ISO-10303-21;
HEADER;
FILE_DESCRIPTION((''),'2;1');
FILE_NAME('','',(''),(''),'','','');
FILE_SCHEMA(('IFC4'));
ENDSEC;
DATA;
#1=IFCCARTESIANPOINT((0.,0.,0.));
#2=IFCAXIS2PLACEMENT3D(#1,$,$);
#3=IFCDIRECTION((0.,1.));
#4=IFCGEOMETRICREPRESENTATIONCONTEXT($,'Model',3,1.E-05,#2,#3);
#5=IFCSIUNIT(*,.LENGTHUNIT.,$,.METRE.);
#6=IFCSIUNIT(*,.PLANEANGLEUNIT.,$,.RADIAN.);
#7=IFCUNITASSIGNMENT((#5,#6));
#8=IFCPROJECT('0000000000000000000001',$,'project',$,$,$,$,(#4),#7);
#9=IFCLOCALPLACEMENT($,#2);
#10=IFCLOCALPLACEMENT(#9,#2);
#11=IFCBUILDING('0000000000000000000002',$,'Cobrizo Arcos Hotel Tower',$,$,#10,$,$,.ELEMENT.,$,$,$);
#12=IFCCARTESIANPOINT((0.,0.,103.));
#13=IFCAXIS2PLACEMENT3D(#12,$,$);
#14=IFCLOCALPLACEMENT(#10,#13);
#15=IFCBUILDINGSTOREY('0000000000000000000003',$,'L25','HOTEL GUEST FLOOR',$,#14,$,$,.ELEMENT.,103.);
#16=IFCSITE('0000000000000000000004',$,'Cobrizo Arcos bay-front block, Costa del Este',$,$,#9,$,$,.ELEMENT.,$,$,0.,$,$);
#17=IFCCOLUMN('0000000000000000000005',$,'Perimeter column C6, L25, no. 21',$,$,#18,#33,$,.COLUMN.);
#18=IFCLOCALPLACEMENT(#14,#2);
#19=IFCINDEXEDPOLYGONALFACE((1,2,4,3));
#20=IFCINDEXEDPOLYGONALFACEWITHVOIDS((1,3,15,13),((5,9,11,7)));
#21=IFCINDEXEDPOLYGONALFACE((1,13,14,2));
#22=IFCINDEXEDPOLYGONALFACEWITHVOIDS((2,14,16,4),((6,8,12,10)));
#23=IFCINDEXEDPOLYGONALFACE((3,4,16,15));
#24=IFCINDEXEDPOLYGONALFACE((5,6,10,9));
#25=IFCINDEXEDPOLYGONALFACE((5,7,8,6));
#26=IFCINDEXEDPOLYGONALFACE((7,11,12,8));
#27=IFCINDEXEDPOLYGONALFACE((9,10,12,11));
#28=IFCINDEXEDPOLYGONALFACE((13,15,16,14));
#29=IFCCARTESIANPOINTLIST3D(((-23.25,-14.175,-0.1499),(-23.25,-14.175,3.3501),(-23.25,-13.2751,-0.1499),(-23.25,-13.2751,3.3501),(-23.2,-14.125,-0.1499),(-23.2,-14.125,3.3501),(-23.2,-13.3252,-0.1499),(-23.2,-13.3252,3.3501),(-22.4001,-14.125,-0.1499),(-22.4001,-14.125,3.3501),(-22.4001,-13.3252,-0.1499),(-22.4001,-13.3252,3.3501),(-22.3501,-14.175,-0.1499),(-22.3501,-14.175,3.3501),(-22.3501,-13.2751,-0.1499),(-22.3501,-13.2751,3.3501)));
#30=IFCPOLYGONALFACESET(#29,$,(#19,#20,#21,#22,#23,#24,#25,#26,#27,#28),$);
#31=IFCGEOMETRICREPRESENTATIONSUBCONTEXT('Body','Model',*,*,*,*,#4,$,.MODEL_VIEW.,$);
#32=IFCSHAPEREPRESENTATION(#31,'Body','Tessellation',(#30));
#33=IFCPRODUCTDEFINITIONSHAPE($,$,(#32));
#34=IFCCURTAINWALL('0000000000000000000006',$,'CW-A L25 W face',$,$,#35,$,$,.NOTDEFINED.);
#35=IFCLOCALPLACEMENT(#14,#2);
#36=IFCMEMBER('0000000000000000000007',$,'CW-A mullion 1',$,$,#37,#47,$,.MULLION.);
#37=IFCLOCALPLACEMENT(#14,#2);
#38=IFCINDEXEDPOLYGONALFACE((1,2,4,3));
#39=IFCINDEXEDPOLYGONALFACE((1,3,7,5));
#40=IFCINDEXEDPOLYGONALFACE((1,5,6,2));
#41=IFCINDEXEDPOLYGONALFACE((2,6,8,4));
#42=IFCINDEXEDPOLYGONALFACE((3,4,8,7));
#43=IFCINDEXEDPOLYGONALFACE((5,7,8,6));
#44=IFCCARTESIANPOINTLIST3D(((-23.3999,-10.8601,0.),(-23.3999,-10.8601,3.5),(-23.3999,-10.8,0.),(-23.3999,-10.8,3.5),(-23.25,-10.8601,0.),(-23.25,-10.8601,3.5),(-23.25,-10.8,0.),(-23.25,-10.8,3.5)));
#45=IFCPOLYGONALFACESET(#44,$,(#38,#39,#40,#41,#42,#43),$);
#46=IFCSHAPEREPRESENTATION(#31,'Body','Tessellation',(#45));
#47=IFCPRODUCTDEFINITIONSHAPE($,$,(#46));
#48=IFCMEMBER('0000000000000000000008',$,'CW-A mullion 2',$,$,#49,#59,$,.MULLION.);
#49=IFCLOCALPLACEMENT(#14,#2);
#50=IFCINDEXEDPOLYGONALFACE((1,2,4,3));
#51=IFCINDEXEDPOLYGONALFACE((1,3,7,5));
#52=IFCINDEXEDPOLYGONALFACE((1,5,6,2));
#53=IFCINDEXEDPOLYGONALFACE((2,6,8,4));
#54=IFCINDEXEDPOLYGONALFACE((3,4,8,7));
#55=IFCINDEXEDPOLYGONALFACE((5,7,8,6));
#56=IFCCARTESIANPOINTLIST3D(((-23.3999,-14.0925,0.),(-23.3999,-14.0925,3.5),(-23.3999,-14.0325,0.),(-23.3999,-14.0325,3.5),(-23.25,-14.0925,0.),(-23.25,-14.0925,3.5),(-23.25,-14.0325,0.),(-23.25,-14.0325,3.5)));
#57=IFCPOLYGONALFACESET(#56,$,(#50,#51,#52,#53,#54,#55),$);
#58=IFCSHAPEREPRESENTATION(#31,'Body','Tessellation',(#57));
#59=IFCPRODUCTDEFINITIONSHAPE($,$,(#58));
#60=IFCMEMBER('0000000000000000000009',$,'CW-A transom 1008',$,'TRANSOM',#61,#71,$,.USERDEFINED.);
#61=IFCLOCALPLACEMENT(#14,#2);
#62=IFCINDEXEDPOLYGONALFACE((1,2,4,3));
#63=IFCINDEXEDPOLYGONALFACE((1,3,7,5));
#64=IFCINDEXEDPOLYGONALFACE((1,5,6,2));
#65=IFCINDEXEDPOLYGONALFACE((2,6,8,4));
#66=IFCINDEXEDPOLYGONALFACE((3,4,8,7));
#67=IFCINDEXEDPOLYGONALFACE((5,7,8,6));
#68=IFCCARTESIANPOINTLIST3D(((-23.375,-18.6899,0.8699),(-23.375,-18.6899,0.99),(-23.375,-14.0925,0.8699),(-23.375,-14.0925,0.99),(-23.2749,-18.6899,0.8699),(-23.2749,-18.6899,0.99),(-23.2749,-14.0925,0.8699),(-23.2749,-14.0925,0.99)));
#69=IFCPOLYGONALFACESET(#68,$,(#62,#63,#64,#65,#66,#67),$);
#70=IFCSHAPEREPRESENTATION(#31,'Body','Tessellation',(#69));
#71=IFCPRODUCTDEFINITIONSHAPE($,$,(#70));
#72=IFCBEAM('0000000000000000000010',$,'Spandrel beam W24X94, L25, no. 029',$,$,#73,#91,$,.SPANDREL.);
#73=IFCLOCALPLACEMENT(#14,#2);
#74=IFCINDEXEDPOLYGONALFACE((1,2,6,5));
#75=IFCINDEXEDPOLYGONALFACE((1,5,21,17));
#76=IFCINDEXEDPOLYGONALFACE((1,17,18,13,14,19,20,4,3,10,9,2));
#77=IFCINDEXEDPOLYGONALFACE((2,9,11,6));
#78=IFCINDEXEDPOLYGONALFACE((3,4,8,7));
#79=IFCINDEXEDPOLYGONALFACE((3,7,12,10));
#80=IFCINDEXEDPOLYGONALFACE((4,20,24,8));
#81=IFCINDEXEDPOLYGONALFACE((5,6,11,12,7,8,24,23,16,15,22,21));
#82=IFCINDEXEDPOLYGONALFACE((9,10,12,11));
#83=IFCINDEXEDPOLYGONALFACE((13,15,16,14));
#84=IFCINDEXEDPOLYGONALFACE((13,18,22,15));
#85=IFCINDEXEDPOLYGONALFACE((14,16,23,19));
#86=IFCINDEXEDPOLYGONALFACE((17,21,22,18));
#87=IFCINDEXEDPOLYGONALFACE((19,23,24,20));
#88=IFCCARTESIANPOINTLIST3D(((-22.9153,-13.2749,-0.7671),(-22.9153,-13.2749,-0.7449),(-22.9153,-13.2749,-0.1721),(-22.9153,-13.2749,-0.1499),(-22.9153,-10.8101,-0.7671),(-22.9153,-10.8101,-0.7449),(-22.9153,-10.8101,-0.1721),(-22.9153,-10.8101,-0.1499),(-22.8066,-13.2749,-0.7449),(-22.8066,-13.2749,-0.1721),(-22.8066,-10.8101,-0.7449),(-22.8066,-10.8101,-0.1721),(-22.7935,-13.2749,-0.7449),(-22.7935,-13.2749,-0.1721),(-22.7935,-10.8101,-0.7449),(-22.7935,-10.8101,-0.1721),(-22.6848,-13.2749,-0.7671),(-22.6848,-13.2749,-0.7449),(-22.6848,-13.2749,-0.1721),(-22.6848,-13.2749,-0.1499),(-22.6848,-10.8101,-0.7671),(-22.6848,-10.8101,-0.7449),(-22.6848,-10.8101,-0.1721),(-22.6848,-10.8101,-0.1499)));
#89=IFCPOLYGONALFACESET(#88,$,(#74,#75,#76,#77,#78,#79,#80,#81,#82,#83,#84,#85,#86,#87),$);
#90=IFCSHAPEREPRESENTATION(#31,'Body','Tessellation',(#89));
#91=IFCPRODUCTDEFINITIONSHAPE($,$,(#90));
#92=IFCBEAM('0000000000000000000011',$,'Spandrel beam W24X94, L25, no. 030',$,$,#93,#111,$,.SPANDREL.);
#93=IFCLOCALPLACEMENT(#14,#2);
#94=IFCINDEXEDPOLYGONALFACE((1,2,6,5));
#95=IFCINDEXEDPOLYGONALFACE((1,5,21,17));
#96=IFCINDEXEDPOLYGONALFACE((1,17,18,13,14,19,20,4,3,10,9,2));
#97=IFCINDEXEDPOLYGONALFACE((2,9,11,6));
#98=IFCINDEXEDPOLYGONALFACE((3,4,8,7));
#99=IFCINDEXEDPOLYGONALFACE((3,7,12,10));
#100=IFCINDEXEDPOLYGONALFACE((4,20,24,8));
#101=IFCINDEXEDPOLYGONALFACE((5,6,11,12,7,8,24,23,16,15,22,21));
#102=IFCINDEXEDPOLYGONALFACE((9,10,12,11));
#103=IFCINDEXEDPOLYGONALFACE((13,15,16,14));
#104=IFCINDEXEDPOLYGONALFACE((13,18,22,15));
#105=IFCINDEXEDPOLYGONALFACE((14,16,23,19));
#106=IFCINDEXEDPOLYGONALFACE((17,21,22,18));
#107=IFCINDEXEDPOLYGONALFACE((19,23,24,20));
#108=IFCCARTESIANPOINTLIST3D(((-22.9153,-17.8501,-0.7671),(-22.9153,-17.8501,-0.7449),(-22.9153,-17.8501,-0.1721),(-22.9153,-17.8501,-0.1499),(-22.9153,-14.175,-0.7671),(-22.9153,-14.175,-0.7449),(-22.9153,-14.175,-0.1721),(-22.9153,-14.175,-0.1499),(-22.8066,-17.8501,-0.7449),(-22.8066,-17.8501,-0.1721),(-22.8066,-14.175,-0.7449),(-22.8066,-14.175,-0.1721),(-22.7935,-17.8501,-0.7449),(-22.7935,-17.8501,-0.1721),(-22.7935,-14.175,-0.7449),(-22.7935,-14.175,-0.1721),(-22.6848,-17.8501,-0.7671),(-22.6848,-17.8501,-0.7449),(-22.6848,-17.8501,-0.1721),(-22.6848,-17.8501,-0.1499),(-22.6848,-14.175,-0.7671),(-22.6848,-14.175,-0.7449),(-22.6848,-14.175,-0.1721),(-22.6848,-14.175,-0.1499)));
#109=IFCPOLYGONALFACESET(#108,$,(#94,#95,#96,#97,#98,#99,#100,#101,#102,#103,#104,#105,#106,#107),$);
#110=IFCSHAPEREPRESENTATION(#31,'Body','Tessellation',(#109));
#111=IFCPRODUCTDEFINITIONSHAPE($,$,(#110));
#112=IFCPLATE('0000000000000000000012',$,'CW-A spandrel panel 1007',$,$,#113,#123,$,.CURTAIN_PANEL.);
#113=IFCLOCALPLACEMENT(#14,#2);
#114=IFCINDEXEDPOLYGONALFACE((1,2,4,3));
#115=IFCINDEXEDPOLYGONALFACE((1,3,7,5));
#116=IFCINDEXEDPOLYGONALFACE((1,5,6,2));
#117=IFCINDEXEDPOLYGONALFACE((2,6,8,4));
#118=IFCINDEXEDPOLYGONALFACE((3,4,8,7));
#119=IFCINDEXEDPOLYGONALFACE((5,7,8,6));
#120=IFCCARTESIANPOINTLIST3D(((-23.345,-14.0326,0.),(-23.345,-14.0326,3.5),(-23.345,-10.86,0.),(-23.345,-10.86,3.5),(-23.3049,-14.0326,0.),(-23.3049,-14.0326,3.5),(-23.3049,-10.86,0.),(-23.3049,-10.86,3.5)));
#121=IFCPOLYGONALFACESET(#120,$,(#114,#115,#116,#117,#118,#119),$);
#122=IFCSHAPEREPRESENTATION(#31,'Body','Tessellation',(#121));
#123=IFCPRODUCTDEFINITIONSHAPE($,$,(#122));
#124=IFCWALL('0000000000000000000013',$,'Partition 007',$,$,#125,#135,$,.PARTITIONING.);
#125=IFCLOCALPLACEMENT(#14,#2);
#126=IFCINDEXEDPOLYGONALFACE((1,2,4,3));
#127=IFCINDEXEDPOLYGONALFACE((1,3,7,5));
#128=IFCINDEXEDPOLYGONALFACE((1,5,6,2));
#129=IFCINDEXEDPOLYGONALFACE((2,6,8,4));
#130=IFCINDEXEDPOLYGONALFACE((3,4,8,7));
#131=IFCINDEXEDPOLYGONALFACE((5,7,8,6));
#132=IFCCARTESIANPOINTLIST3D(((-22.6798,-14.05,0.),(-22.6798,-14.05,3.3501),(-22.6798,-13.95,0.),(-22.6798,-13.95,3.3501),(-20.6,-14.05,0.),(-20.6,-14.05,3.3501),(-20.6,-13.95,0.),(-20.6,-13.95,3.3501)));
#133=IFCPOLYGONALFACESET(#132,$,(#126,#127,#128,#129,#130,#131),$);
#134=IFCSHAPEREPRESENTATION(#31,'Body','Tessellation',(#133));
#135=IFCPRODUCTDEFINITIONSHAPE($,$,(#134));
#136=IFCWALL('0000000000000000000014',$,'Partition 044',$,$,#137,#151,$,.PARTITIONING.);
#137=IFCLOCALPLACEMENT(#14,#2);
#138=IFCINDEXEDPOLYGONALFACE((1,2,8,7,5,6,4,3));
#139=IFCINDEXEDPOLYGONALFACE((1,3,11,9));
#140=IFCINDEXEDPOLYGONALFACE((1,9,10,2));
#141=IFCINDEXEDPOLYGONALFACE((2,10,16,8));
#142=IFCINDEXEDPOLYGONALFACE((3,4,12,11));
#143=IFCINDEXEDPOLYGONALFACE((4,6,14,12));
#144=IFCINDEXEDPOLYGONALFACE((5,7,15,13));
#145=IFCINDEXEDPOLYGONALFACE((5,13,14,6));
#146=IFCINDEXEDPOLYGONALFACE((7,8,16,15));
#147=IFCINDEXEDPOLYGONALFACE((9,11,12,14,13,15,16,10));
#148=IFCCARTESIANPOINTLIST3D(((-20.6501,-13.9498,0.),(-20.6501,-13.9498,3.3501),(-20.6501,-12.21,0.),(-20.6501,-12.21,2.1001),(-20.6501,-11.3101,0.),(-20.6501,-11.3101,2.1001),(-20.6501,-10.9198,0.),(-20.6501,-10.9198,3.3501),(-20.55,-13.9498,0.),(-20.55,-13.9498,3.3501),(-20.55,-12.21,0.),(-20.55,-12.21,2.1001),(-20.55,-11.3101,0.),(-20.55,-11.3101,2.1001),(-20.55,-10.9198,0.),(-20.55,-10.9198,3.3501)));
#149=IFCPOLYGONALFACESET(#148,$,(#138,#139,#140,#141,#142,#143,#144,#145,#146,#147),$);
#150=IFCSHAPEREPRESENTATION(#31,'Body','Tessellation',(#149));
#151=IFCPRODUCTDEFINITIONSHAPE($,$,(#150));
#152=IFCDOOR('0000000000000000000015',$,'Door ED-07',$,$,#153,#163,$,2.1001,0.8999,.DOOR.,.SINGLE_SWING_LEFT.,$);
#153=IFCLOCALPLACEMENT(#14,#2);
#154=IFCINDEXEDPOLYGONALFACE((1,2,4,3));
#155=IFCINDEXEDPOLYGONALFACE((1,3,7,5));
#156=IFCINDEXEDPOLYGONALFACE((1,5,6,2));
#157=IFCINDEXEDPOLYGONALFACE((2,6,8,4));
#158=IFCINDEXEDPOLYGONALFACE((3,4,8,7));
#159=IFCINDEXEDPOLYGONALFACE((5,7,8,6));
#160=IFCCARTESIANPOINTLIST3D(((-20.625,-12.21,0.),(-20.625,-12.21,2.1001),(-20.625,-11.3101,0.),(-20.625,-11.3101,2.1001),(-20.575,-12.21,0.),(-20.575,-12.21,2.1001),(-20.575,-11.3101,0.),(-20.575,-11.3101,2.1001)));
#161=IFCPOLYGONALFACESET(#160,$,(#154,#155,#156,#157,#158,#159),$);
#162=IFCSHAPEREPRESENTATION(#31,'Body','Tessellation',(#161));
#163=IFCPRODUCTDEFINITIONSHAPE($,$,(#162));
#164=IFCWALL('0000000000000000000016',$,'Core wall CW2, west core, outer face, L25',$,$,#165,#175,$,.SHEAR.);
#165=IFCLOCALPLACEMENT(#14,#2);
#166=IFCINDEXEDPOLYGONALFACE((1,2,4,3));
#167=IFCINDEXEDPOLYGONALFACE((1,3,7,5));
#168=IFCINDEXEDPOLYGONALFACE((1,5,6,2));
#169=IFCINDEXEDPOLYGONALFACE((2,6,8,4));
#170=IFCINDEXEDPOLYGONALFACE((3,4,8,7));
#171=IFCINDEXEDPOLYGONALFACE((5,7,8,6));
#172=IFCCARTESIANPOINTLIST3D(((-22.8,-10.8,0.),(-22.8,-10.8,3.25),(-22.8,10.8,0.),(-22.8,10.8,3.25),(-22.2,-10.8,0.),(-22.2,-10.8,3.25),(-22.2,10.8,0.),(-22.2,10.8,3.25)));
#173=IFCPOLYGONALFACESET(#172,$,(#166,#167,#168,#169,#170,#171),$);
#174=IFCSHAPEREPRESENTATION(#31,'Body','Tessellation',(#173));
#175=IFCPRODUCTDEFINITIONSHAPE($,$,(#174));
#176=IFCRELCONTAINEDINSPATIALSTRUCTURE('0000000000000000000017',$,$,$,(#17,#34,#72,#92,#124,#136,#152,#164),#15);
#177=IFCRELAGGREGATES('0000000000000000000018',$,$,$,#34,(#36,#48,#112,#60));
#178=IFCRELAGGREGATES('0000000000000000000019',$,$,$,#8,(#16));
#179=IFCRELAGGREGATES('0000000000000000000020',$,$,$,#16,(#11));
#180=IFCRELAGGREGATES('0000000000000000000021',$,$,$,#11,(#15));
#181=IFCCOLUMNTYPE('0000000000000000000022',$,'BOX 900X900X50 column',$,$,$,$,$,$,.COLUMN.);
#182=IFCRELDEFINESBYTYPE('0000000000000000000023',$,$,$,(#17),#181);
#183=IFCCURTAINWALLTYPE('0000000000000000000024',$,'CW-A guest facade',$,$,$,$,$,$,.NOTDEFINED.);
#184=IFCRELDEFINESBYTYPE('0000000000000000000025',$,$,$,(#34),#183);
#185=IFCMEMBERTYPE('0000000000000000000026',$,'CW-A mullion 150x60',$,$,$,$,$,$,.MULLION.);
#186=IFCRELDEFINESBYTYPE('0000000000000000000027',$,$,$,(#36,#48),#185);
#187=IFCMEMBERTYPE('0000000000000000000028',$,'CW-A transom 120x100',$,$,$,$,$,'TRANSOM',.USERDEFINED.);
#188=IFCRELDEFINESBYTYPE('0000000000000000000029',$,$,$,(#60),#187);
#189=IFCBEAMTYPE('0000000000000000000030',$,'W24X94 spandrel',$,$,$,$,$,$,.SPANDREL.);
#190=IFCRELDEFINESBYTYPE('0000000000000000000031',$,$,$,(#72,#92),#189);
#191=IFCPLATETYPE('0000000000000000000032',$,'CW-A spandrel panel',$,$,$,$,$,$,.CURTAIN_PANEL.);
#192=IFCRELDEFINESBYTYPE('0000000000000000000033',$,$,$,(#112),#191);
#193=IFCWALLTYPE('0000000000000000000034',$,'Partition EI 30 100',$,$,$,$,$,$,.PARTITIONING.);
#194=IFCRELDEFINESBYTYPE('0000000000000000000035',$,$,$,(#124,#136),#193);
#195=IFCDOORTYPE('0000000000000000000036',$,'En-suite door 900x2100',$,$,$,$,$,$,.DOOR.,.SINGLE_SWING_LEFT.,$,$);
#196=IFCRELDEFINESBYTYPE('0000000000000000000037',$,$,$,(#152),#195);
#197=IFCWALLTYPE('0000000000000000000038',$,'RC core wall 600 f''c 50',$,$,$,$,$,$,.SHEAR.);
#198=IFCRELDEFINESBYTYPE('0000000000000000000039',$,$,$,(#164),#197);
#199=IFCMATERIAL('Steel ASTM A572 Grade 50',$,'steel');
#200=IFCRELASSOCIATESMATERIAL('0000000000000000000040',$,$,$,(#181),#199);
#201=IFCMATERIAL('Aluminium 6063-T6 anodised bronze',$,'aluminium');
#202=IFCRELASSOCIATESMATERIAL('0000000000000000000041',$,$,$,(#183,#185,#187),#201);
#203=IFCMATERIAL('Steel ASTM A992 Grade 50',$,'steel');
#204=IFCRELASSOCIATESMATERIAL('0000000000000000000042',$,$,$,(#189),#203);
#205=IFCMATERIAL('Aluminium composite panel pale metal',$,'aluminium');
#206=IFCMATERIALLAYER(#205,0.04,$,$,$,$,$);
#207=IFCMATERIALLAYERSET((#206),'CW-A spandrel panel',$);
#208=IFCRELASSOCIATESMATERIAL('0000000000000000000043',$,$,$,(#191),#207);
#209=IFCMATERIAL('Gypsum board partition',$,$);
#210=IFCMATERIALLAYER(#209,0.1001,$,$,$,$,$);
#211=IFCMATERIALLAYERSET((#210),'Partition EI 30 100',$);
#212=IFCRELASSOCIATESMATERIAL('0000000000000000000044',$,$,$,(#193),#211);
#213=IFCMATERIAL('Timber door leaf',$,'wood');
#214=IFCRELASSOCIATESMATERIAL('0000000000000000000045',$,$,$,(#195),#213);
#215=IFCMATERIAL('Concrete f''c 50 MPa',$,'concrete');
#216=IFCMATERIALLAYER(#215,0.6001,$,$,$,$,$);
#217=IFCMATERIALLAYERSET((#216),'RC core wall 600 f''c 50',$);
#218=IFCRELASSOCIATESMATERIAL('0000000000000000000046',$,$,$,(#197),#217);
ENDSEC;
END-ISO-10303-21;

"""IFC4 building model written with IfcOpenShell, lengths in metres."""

from ifc_helpers import new_model, si_unit, direction, frame, frame_2d, origin, origin_2d, place, context, subcontext, project, spatial, rectangle, hollow_rectangle, i_section, extrude, material, layer, layer_set, material_profile, profile_set, type_object, element, fill, aggregate, save


model = new_model("IFC4")

# Units and contexts
model_context = context("Model", 3, precision=1e-05, world=origin(), true_north=direction((0.0, 1.0)))
body_context = subcontext(model_context, "Body", "Model", "MODEL_VIEW")
ifc_project = project(units=[si_unit("LENGTHUNIT", "METRE"), si_unit("PLANEANGLEUNIT", "RADIAN")], contexts=[model_context])

# Site, building, storey
site_placement = place(None, origin())
site = spatial("IfcSite", under=ifc_project, at=site_placement, Name="Cobrizo Arcos bay-front block, Costa del Este", CompositionType="ELEMENT", RefElevation=0.0)
building_placement = place(site_placement, origin())
building = spatial("IfcBuilding", under=site, at=building_placement, Name="Cobrizo Arcos Hotel Tower", CompositionType="ELEMENT")
storey_placement = place(building_placement, frame((0.0, 0.0, 103.0)))
storey = spatial("IfcBuildingStorey", under=building, at=storey_placement, Name="L25", Description="HOTEL GUEST FLOOR", CompositionType="ELEMENT", Elevation=103.0)

# Column
ifc_material_1 = material(Name="Steel ASTM A572 Grade 50", Category="steel")
ifc_material_profile_1 = material_profile(ifc_material_1, hollow_rectangle(XDim=0.8999, YDim=0.8999, WallThickness=0.05, at=origin_2d()), Name="BOX 900X900X50")
ifc_profile_set_1 = profile_set([ifc_material_profile_1], Name="Steel ASTM A572 Grade 50")
column_type = type_object("IfcColumnType", Name="BOX 900X900X50 column", PredefinedType="COLUMN", material=ifc_profile_set_1)
column_placement = place(storey_placement, frame((-22.8, -13.7251, -0.1499), z_axis=(0.0, 0.0, 1.0), x_axis=(1.0, 0.0, 0.0)))
element("IfcColumn", 1, at=column_placement, inside=storey, type_object=column_type, Name="Perimeter column C6, L25, no. 21", PredefinedType="COLUMN", context=body_context, shape_type="SweptSolid", body=[
    extrude(hollow_rectangle(XDim=0.8999, YDim=0.8999, WallThickness=0.05, at=origin_2d()), origin(), (0.0, 0.0, 1.0), 3.5),
])

# Curtain wall, members
ifc_material_2 = material(Name="Aluminium 6063-T6 anodised bronze", Category="aluminium")
curtain_wall_type = type_object("IfcCurtainWallType", Name="CW-A guest facade", PredefinedType="NOTDEFINED", material=ifc_material_2)
curtain_wall_placement = place(storey_placement, origin())
curtain_wall = element("IfcCurtainWall", 2, at=curtain_wall_placement, inside=storey, type_object=curtain_wall_type, Name="CW-A L25 W face", PredefinedType="NOTDEFINED")
ifc_material_profile_2 = material_profile(ifc_material_2, rectangle(XDim=0.1499, YDim=0.0601, at=origin_2d()), Name="CW-A mullion 150x60")
ifc_profile_set_2 = profile_set([ifc_material_profile_2], Name="Aluminium 6063-T6 anodised bronze")
member_type_1 = type_object("IfcMemberType", Name="CW-A mullion 150x60", PredefinedType="MULLION", material=ifc_profile_set_2)
member_1_placement = place(storey_placement, frame((-23.325, -10.8301, 0.0), z_axis=(0.0, 0.0, 1.0), x_axis=(-1.0, 0.0, 0.0)))
member_1 = element("IfcMember", 3, at=member_1_placement, type_object=member_type_1, Name="CW-A mullion 1", PredefinedType="MULLION", context=body_context, shape_type="SweptSolid", body=[
    extrude(rectangle(XDim=0.1499, YDim=0.0601, at=origin_2d()), origin(), (0.0, 0.0, 1.0), 3.5),
])
member_2_placement = place(storey_placement, frame((-23.325, -14.0625, 0.0), z_axis=(0.0, 0.0, 1.0), x_axis=(-1.0, 0.0, 0.0)))
member_2 = element("IfcMember", 4, at=member_2_placement, type_object=member_type_1, Name="CW-A mullion 2", PredefinedType="MULLION", context=body_context, shape_type="SweptSolid", body=[
    extrude(rectangle(XDim=0.1499, YDim=0.0601, at=origin_2d()), origin(), (0.0, 0.0, 1.0), 3.5),
])
ifc_material_profile_3 = material_profile(ifc_material_2, rectangle(XDim=0.1001, YDim=0.1201, at=origin_2d()), Name="CW-A transom 120x100")
ifc_profile_set_3 = profile_set([ifc_material_profile_3], Name="Aluminium 6063-T6 anodised bronze")
member_type_2 = type_object("IfcMemberType", Name="CW-A transom 120x100", ElementType="TRANSOM", PredefinedType="USERDEFINED", material=ifc_profile_set_3)
member_3_placement = place(storey_placement, frame((-23.325, -14.0925, 0.9299), z_axis=(0.0, -1.0, 0.0), x_axis=(1.0, 0.0, 0.0)))
member_3 = element("IfcMember", 5, at=member_3_placement, type_object=member_type_2, Name="CW-A transom 1008", ObjectType="TRANSOM", PredefinedType="USERDEFINED", context=body_context, shape_type="SweptSolid", body=[
    extrude(rectangle(XDim=0.1001, YDim=0.1201, at=origin_2d()), origin(), (0.0, 0.0, 1.0), 4.5974),
])

# Beams
ifc_material_3 = material(Name="Steel ASTM A992 Grade 50", Category="steel")
ifc_material_profile_4 = material_profile(ifc_material_3, i_section(OverallWidth=0.2305, OverallDepth=0.6172, WebThickness=0.0132, FlangeThickness=0.0222, at=origin_2d()), Name="W24X94")
ifc_profile_set_4 = profile_set([ifc_material_profile_4], Name="Steel ASTM A992 Grade 50")
beam_type = type_object("IfcBeamType", Name="W24X94 spandrel", PredefinedType="SPANDREL", material=ifc_profile_set_4)
beam_1_placement = place(storey_placement, frame((-22.8, -10.8101, -0.4585), z_axis=(0.0, -1.0, 0.0), x_axis=(1.0, 0.0, 0.0)))
element("IfcBeam", 6, at=beam_1_placement, inside=storey, type_object=beam_type, Name="Spandrel beam W24X94, L25, no. 029", PredefinedType="SPANDREL", context=body_context, shape_type="SweptSolid", body=[
    extrude(i_section(OverallWidth=0.2305, OverallDepth=0.6172, WebThickness=0.0132, FlangeThickness=0.0222, at=origin_2d()), origin(), (0.0, 0.0, 1.0), 2.4648),
])
beam_2_placement = place(storey_placement, frame((-22.8, -14.175, -0.4585), z_axis=(0.0, -1.0, 0.0), x_axis=(1.0, 0.0, 0.0)))
element("IfcBeam", 7, at=beam_2_placement, inside=storey, type_object=beam_type, Name="Spandrel beam W24X94, L25, no. 030", PredefinedType="SPANDREL", context=body_context, shape_type="SweptSolid", body=[
    extrude(i_section(OverallWidth=0.2305, OverallDepth=0.6172, WebThickness=0.0132, FlangeThickness=0.0222, at=origin_2d()), origin(), (0.0, 0.0, 1.0), 3.675),
])

# Plate
ifc_material_4 = material(Name="Aluminium composite panel pale metal", Category="aluminium")
ifc_layer_1 = layer(ifc_material_4, 0.04)
ifc_layer_set_1 = layer_set([ifc_layer_1], Name="CW-A spandrel panel")
plate_type = type_object("IfcPlateType", Name="CW-A spandrel panel", PredefinedType="CURTAIN_PANEL", material=ifc_layer_set_1)
plate_placement = place(storey_placement, frame((-23.325, -12.4463, 0.0), z_axis=(0.0, 0.0, 1.0), x_axis=(0.0, -1.0, 0.0)))
plate = element("IfcPlate", 8, at=plate_placement, type_object=plate_type, Name="CW-A spandrel panel 1007", PredefinedType="CURTAIN_PANEL", context=body_context, shape_type="SweptSolid", body=[
    extrude(rectangle(XDim=3.1726, YDim=0.04, at=origin_2d()), origin(), (0.0, 0.0, 1.0), 3.5),
])
aggregate(curtain_wall, [member_1, member_2, plate, member_3])

# Wall
ifc_material_5 = material(Name="Gypsum board partition")
ifc_layer_2 = layer(ifc_material_5, 0.1001)
ifc_layer_set_2 = layer_set([ifc_layer_2], Name="Partition EI 30 100")
wall_type_1 = type_object("IfcWallType", Name="Partition EI 30 100", PredefinedType="PARTITIONING", material=ifc_layer_set_2)
wall_1_placement = place(storey_placement, frame((-22.6799, -14.0, 0.0), z_axis=(0.0, 0.0, 1.0), x_axis=(1.0, 0.0, 0.0)))
element("IfcWall", 9, at=wall_1_placement, inside=storey, type_object=wall_type_1, Name="Partition 007", PredefinedType="PARTITIONING", context=body_context, shape_type="SweptSolid", body=[
    extrude(rectangle(XDim=2.0798, YDim=0.1001, at=frame_2d((1.04, 0.0))), origin(), (0.0, 0.0, 1.0), 3.3501),
])

# Wall, opening, door
wall_2_placement = place(storey_placement, frame((-20.6001, -13.95, 0.0), z_axis=(0.0, 0.0, 1.0), x_axis=(0.0, 1.0, 0.0)))
wall_2 = element("IfcWall", 10, at=wall_2_placement, inside=storey, type_object=wall_type_1, Name="Partition 044", PredefinedType="PARTITIONING", context=body_context, shape_type="SweptSolid", body=[
    extrude(rectangle(XDim=3.03, YDim=0.1001, at=frame_2d((1.5151, 0.0))), origin(), (0.0, 0.0, 1.0), 3.3501),
])
opening_1_placement = place(wall_2_placement, frame((1.74, 0.0, 0.0)))
opening_1 = element("IfcOpeningElement", 11, at=opening_1_placement, cuts=wall_2, PredefinedType="OPENING", context=body_context, shape_type="SweptSolid", body=[
    extrude(rectangle(XDim=0.8999, YDim=2.1001, at=frame_2d((0.45, 1.05))), frame((0.0, 0.062, 0.0), z_axis=(0.0, -1.0, 0.0), x_axis=(1.0, 0.0, 0.0)), (0.0, 0.0, 1.0), 0.124),
])
ifc_material_6 = material(Name="Timber door leaf", Category="wood")
door_type_1 = type_object("IfcDoorType", Name="En-suite door 900x2100", OperationType="SINGLE_SWING_LEFT", PredefinedType="DOOR", material=ifc_material_6)
door_1_placement = place(opening_1_placement, origin())
door_1 = element("IfcDoor", 12, at=door_1_placement, inside=storey, type_object=door_type_1, Name="Door ED-07", OperationType="SINGLE_SWING_LEFT", OverallHeight=2.1001, OverallWidth=0.8999, PredefinedType="DOOR", context=body_context, shape_type="SweptSolid", body=[
    extrude(rectangle(XDim=0.8999, YDim=2.1001, at=frame_2d((0.45, 1.05))), frame((0.0, 0.0249, 0.0), z_axis=(0.0, -1.0, 0.0), x_axis=(1.0, 0.0, 0.0)), (0.0, 0.0, 1.0), 0.05),
])
fill(opening_1, door_1)

# Wall
ifc_material_7 = material(Name="Concrete f'c 50 MPa", Category="concrete")
ifc_layer_3 = layer(ifc_material_7, 0.6001)
ifc_layer_set_3 = layer_set([ifc_layer_3], Name="RC core wall 600 f'c 50")
wall_type_2 = type_object("IfcWallType", Name="RC core wall 600 f'c 50", PredefinedType="SHEAR", material=ifc_layer_set_3)
wall_3_placement = place(storey_placement, frame((-22.5, -10.8, 0.0), z_axis=(0.0, 0.0, 1.0), x_axis=(0.0, 1.0, 0.0)))
element("IfcWall", 13, at=wall_3_placement, inside=storey, type_object=wall_type_2, Name="Core wall CW2, west core, outer face, L25", PredefinedType="SHEAR", context=body_context, shape_type="SweptSolid", body=[
    extrude(rectangle(XDim=21.6001, YDim=0.6001, at=frame_2d((10.8, 0.0))), origin(), (0.0, 0.0, 1.0), 3.25),
])

save(model, "model.ifc")
